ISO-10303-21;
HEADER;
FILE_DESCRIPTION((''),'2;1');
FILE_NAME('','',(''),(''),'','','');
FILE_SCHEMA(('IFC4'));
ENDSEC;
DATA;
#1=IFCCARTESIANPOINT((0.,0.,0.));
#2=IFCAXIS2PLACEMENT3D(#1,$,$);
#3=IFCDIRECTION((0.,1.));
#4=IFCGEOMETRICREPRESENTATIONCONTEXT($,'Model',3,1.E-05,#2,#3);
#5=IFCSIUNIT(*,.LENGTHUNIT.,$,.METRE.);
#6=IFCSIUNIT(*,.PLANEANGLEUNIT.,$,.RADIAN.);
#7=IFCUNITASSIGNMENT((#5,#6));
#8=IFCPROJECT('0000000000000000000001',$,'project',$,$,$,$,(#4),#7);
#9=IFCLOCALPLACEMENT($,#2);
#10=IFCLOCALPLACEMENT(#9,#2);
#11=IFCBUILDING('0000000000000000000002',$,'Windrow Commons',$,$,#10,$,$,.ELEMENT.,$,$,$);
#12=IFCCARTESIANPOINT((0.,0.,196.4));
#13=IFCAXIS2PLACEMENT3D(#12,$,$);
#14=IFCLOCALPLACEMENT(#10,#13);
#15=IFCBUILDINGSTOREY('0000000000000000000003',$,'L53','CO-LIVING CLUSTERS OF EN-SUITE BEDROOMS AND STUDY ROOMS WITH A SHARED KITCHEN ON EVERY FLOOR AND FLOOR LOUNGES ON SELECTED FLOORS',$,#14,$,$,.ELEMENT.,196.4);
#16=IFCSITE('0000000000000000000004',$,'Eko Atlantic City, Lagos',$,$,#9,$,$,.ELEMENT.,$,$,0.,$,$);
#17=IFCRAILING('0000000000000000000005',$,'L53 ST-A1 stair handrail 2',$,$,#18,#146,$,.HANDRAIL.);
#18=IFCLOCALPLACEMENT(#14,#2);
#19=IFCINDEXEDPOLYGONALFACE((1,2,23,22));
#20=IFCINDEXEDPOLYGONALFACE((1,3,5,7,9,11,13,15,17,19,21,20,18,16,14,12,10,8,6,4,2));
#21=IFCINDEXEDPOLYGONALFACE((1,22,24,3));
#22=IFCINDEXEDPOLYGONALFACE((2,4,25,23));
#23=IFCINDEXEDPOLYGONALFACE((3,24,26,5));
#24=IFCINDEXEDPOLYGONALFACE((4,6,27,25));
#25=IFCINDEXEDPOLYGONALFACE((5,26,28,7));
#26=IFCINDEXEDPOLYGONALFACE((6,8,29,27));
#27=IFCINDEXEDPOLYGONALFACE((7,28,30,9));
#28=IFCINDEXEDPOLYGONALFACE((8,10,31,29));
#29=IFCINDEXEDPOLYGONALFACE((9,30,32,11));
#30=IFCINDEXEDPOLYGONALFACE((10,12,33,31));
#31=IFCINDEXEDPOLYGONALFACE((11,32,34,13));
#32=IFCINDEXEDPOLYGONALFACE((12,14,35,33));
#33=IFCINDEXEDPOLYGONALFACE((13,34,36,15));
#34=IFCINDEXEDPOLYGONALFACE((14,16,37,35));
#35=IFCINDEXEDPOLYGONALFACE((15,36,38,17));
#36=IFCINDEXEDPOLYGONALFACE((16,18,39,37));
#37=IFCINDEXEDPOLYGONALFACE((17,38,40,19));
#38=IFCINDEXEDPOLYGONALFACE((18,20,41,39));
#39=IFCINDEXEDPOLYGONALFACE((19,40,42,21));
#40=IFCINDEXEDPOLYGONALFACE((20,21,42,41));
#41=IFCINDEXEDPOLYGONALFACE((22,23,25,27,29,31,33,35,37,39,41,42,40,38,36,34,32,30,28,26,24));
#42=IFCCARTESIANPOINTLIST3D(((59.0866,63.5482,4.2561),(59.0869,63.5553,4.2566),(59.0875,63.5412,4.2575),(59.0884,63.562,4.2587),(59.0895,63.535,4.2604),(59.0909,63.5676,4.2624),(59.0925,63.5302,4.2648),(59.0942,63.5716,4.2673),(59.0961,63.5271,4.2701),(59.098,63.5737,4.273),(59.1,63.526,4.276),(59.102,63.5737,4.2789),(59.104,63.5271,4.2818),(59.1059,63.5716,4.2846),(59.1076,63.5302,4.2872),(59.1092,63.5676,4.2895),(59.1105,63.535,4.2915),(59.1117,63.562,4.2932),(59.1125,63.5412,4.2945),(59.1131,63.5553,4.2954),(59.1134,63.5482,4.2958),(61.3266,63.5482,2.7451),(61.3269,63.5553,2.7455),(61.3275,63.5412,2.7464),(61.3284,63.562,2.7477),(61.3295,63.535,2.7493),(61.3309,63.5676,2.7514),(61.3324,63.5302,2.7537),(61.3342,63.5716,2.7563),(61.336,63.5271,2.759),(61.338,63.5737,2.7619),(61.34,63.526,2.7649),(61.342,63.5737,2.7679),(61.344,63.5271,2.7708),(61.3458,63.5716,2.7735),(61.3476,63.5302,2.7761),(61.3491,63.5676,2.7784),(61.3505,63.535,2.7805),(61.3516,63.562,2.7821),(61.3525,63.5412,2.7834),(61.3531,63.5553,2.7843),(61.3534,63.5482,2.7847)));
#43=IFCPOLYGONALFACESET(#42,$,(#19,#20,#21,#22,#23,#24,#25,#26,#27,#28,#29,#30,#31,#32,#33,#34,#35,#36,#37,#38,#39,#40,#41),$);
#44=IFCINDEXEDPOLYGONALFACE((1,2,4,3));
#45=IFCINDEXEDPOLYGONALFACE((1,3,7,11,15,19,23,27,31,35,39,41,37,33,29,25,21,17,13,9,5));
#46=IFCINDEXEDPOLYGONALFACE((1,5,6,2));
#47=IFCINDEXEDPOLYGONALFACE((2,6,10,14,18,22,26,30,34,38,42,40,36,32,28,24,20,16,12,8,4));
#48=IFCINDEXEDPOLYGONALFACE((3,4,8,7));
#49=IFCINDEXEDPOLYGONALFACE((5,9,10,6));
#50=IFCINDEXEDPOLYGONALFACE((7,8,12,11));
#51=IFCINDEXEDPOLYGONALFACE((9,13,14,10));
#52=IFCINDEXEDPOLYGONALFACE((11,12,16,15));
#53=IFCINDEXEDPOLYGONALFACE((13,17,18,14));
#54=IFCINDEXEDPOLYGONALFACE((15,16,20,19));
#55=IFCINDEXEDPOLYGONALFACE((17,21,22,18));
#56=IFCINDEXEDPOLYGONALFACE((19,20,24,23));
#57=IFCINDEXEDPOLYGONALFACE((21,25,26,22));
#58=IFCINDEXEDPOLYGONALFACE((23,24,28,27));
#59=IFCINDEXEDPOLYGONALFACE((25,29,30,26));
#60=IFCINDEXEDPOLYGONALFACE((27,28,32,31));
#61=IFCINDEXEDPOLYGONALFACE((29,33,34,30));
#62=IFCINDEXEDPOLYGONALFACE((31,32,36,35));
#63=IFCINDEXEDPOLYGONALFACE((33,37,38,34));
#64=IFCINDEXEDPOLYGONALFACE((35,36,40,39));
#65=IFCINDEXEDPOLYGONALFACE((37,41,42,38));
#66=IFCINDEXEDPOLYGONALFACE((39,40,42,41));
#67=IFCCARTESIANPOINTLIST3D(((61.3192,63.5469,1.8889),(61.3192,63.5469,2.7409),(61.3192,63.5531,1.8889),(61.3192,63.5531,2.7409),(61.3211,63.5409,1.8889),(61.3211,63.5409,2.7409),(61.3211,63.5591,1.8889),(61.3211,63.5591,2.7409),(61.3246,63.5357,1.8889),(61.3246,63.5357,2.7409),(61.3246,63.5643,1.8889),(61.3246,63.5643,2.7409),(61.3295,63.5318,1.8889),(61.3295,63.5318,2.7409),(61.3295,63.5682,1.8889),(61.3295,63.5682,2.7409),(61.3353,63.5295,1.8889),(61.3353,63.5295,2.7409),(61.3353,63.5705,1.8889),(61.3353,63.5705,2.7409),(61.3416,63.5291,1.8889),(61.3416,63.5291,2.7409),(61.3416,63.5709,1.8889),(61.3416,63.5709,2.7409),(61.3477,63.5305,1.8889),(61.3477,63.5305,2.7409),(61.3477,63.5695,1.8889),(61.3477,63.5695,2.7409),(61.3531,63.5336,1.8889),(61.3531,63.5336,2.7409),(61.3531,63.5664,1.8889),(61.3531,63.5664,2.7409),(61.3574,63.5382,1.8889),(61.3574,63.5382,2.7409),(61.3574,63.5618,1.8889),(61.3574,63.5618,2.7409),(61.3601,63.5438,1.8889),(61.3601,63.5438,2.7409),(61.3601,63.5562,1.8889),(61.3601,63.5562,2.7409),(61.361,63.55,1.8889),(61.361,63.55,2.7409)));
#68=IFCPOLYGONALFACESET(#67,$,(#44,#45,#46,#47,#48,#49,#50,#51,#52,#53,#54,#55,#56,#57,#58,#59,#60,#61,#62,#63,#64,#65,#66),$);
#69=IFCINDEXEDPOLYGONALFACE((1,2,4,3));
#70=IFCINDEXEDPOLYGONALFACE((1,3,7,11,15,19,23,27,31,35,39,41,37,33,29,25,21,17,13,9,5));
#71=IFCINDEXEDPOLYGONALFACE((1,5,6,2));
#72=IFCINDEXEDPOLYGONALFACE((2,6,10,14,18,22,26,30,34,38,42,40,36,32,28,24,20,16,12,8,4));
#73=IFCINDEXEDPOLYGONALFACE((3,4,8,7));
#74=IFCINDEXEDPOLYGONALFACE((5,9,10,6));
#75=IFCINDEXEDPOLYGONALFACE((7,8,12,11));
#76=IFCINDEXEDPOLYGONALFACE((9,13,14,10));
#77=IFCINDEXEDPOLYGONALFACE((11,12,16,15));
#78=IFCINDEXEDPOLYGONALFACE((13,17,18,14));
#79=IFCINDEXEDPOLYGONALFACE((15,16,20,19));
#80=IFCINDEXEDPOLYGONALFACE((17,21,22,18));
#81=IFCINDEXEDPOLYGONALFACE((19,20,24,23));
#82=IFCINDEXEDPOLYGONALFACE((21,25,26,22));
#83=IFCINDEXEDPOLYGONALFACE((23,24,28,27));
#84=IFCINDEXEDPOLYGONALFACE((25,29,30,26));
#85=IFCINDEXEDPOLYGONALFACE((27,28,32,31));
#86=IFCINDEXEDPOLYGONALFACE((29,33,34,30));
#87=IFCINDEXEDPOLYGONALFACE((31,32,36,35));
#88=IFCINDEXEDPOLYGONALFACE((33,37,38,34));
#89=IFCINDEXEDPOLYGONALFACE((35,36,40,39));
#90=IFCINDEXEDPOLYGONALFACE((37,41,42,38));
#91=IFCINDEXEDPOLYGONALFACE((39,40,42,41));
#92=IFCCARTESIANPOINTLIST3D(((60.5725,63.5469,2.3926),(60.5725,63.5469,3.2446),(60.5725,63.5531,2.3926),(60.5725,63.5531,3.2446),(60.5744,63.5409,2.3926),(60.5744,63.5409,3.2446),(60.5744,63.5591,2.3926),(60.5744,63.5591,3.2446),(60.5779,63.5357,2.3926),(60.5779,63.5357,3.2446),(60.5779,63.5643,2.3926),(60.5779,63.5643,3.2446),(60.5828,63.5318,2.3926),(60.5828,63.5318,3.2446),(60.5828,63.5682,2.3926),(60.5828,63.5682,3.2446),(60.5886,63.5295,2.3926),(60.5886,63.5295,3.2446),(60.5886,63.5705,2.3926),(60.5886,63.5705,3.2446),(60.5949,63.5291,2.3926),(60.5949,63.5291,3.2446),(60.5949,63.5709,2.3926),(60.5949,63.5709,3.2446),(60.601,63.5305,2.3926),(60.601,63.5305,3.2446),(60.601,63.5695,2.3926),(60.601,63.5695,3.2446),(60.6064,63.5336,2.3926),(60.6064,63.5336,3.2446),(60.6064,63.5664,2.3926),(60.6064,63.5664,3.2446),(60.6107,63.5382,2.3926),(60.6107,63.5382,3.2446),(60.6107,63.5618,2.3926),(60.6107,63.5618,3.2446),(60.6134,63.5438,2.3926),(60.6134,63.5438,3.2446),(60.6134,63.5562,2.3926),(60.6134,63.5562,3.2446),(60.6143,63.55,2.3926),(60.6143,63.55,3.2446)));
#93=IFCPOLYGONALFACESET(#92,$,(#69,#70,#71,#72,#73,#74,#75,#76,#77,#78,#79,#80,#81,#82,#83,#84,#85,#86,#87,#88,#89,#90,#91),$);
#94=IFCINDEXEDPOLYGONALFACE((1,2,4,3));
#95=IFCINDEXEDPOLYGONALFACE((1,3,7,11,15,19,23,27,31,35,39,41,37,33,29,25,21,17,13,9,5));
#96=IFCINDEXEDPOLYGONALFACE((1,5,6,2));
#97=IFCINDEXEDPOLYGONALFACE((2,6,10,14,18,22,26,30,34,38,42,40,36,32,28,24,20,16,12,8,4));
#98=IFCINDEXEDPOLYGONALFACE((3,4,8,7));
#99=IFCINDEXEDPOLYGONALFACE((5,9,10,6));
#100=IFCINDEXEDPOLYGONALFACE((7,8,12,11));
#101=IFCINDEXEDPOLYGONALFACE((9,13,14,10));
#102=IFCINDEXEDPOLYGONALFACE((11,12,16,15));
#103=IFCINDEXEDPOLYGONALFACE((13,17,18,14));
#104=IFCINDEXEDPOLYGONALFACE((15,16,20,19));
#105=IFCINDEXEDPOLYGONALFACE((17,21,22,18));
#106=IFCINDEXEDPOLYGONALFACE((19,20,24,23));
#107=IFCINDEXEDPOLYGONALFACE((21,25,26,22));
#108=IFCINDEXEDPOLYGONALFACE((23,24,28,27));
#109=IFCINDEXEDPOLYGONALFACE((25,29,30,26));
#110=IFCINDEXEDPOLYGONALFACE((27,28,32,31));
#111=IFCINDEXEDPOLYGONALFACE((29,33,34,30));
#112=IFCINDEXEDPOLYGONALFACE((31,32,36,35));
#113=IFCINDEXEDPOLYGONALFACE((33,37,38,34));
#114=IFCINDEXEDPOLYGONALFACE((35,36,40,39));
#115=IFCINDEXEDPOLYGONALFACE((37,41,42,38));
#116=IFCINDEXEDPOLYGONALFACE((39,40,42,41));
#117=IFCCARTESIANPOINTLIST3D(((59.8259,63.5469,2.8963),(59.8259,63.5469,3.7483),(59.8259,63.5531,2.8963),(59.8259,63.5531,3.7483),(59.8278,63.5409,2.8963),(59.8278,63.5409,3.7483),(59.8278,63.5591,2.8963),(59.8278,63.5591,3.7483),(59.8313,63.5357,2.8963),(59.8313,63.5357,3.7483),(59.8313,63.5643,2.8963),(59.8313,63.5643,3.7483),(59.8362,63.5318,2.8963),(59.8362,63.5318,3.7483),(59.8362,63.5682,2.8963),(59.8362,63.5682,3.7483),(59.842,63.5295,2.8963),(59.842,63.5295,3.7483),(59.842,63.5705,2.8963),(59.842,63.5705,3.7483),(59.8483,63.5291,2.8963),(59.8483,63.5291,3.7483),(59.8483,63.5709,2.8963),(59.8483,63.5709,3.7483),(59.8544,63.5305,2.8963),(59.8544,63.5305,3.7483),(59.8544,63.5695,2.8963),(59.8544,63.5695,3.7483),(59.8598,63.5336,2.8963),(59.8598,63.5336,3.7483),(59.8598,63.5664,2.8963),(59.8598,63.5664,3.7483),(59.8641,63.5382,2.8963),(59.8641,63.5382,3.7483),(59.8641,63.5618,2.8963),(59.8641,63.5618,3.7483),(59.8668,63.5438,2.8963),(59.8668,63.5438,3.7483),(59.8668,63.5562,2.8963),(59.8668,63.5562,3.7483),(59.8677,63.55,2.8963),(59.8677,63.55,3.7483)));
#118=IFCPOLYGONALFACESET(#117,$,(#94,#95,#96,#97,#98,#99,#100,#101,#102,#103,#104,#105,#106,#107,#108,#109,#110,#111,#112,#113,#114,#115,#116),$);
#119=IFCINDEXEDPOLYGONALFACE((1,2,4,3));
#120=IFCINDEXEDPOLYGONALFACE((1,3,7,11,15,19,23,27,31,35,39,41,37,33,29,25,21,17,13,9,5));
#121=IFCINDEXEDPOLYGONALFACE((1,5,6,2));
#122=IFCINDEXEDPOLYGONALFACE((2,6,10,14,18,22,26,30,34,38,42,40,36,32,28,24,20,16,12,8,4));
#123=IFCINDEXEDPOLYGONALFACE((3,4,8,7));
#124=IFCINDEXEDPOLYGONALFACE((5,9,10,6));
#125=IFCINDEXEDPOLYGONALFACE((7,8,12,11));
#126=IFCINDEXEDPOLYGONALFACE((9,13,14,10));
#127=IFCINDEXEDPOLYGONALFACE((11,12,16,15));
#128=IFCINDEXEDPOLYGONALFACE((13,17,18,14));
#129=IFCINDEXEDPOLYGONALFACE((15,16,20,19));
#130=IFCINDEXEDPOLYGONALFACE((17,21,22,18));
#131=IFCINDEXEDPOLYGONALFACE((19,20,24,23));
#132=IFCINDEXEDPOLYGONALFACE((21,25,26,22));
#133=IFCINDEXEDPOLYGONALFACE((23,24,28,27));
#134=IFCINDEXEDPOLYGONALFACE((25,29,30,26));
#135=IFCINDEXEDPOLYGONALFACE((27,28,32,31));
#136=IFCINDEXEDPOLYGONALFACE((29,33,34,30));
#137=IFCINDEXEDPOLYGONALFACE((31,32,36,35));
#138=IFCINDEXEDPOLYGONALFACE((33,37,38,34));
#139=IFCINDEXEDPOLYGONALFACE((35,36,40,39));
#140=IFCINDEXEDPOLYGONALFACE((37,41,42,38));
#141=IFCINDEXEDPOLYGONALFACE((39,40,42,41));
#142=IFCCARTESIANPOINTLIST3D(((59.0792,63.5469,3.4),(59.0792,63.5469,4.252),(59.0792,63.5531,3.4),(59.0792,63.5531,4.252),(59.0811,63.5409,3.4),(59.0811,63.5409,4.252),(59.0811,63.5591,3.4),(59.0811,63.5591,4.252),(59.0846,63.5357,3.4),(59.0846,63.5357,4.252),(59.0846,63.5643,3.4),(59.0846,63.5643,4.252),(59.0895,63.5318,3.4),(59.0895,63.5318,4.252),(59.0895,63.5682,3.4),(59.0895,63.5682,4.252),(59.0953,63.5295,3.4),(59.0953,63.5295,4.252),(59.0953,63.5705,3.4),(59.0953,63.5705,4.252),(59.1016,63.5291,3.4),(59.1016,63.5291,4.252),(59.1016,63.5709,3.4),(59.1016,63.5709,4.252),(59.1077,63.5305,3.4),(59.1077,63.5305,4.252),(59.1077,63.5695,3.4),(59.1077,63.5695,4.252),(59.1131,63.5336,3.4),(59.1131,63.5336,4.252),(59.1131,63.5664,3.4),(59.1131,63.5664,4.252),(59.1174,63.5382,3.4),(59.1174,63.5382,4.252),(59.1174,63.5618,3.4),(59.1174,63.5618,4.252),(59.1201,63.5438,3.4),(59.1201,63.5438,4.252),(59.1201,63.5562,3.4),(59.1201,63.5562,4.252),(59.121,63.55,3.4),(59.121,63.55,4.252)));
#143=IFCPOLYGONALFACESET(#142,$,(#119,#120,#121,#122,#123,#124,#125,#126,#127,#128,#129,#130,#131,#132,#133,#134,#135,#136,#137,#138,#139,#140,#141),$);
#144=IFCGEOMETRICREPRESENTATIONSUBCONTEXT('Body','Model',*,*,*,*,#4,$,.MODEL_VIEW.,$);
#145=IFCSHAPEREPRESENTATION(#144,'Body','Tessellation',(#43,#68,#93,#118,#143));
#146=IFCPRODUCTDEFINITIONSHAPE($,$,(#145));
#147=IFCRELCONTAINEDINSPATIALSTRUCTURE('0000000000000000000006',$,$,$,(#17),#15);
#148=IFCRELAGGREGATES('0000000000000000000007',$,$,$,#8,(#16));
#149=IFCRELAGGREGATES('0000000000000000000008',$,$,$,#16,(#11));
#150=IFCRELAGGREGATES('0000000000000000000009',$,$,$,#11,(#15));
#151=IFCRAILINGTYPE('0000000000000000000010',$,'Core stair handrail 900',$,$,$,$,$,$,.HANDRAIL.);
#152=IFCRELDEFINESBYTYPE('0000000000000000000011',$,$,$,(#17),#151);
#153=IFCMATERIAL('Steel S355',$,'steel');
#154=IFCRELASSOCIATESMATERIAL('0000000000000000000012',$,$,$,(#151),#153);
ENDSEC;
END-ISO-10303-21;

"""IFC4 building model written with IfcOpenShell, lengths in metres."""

from ifc_helpers import new_model, si_unit, direction, frame, origin, origin_2d, place, context, subcontext, project, spatial, circle, extrude, material, type_object, element, save


model = new_model("IFC4")

# Units and contexts
model_context = context("Model", 3, precision=1e-05, world=origin(), true_north=direction((0.0, 1.0)))
body_context = subcontext(model_context, "Body", "Model", "MODEL_VIEW")
ifc_project = project(units=[si_unit("LENGTHUNIT", "METRE"), si_unit("PLANEANGLEUNIT", "RADIAN")], contexts=[model_context])

# Site, building, storey
site_placement = place(None, origin())
site = spatial("IfcSite", under=ifc_project, at=site_placement, Name="Eko Atlantic City, Lagos", CompositionType="ELEMENT", RefElevation=0.0)
building_placement = place(site_placement, origin())
building = spatial("IfcBuilding", under=site, at=building_placement, Name="Windrow Commons", CompositionType="ELEMENT")
storey_placement = place(building_placement, frame((0.0, 0.0, 196.4)))
storey = spatial("IfcBuildingStorey", under=building, at=storey_placement, Name="L53", Description="CO-LIVING CLUSTERS OF EN-SUITE BEDROOMS AND STUDY ROOMS WITH A SHARED KITCHEN ON EVERY FLOOR AND FLOOR LOUNGES ON SELECTED FLOORS", CompositionType="ELEMENT", Elevation=196.4)

# Railing
ifc_material_1 = material(Name="Steel S355", Category="steel")
railing_type_1 = type_object("IfcRailingType", Name="Core stair handrail 900", PredefinedType="HANDRAIL", material=ifc_material_1)
railing_1_placement = place(storey_placement, frame((61.34, 63.55, 1.8889)))
element("IfcRailing", 1, at=railing_1_placement, inside=storey, type_object=railing_type_1, Name="L53 ST-A1 stair handrail 2", PredefinedType="HANDRAIL", context=body_context, shape_type="SweptSolid", body=[
    extrude(circle(Radius=0.024, at=origin_2d()), frame((0.0, 0.0, 0.876), z_axis=(-0.829003, 0.0, 0.559244), x_axis=(0.0, -1.0, 0.0)), (0.0, 0.0, 1.0), 2.702),
    extrude(circle(Radius=0.021, at=origin_2d()), origin(), (0.0, 0.0, 1.0), 0.852),
    extrude(circle(Radius=0.021, at=origin_2d()), frame((-0.7467, 0.0, 0.5037)), (0.0, 0.0, 1.0), 0.852),
    extrude(circle(Radius=0.021, at=origin_2d()), frame((-1.4933, 0.0, 1.0074)), (0.0, 0.0, 1.0), 0.852),
    extrude(circle(Radius=0.021, at=origin_2d()), frame((-2.24, 0.0, 1.5111)), (0.0, 0.0, 1.0), 0.852),
])

save(model, "model.ifc")
